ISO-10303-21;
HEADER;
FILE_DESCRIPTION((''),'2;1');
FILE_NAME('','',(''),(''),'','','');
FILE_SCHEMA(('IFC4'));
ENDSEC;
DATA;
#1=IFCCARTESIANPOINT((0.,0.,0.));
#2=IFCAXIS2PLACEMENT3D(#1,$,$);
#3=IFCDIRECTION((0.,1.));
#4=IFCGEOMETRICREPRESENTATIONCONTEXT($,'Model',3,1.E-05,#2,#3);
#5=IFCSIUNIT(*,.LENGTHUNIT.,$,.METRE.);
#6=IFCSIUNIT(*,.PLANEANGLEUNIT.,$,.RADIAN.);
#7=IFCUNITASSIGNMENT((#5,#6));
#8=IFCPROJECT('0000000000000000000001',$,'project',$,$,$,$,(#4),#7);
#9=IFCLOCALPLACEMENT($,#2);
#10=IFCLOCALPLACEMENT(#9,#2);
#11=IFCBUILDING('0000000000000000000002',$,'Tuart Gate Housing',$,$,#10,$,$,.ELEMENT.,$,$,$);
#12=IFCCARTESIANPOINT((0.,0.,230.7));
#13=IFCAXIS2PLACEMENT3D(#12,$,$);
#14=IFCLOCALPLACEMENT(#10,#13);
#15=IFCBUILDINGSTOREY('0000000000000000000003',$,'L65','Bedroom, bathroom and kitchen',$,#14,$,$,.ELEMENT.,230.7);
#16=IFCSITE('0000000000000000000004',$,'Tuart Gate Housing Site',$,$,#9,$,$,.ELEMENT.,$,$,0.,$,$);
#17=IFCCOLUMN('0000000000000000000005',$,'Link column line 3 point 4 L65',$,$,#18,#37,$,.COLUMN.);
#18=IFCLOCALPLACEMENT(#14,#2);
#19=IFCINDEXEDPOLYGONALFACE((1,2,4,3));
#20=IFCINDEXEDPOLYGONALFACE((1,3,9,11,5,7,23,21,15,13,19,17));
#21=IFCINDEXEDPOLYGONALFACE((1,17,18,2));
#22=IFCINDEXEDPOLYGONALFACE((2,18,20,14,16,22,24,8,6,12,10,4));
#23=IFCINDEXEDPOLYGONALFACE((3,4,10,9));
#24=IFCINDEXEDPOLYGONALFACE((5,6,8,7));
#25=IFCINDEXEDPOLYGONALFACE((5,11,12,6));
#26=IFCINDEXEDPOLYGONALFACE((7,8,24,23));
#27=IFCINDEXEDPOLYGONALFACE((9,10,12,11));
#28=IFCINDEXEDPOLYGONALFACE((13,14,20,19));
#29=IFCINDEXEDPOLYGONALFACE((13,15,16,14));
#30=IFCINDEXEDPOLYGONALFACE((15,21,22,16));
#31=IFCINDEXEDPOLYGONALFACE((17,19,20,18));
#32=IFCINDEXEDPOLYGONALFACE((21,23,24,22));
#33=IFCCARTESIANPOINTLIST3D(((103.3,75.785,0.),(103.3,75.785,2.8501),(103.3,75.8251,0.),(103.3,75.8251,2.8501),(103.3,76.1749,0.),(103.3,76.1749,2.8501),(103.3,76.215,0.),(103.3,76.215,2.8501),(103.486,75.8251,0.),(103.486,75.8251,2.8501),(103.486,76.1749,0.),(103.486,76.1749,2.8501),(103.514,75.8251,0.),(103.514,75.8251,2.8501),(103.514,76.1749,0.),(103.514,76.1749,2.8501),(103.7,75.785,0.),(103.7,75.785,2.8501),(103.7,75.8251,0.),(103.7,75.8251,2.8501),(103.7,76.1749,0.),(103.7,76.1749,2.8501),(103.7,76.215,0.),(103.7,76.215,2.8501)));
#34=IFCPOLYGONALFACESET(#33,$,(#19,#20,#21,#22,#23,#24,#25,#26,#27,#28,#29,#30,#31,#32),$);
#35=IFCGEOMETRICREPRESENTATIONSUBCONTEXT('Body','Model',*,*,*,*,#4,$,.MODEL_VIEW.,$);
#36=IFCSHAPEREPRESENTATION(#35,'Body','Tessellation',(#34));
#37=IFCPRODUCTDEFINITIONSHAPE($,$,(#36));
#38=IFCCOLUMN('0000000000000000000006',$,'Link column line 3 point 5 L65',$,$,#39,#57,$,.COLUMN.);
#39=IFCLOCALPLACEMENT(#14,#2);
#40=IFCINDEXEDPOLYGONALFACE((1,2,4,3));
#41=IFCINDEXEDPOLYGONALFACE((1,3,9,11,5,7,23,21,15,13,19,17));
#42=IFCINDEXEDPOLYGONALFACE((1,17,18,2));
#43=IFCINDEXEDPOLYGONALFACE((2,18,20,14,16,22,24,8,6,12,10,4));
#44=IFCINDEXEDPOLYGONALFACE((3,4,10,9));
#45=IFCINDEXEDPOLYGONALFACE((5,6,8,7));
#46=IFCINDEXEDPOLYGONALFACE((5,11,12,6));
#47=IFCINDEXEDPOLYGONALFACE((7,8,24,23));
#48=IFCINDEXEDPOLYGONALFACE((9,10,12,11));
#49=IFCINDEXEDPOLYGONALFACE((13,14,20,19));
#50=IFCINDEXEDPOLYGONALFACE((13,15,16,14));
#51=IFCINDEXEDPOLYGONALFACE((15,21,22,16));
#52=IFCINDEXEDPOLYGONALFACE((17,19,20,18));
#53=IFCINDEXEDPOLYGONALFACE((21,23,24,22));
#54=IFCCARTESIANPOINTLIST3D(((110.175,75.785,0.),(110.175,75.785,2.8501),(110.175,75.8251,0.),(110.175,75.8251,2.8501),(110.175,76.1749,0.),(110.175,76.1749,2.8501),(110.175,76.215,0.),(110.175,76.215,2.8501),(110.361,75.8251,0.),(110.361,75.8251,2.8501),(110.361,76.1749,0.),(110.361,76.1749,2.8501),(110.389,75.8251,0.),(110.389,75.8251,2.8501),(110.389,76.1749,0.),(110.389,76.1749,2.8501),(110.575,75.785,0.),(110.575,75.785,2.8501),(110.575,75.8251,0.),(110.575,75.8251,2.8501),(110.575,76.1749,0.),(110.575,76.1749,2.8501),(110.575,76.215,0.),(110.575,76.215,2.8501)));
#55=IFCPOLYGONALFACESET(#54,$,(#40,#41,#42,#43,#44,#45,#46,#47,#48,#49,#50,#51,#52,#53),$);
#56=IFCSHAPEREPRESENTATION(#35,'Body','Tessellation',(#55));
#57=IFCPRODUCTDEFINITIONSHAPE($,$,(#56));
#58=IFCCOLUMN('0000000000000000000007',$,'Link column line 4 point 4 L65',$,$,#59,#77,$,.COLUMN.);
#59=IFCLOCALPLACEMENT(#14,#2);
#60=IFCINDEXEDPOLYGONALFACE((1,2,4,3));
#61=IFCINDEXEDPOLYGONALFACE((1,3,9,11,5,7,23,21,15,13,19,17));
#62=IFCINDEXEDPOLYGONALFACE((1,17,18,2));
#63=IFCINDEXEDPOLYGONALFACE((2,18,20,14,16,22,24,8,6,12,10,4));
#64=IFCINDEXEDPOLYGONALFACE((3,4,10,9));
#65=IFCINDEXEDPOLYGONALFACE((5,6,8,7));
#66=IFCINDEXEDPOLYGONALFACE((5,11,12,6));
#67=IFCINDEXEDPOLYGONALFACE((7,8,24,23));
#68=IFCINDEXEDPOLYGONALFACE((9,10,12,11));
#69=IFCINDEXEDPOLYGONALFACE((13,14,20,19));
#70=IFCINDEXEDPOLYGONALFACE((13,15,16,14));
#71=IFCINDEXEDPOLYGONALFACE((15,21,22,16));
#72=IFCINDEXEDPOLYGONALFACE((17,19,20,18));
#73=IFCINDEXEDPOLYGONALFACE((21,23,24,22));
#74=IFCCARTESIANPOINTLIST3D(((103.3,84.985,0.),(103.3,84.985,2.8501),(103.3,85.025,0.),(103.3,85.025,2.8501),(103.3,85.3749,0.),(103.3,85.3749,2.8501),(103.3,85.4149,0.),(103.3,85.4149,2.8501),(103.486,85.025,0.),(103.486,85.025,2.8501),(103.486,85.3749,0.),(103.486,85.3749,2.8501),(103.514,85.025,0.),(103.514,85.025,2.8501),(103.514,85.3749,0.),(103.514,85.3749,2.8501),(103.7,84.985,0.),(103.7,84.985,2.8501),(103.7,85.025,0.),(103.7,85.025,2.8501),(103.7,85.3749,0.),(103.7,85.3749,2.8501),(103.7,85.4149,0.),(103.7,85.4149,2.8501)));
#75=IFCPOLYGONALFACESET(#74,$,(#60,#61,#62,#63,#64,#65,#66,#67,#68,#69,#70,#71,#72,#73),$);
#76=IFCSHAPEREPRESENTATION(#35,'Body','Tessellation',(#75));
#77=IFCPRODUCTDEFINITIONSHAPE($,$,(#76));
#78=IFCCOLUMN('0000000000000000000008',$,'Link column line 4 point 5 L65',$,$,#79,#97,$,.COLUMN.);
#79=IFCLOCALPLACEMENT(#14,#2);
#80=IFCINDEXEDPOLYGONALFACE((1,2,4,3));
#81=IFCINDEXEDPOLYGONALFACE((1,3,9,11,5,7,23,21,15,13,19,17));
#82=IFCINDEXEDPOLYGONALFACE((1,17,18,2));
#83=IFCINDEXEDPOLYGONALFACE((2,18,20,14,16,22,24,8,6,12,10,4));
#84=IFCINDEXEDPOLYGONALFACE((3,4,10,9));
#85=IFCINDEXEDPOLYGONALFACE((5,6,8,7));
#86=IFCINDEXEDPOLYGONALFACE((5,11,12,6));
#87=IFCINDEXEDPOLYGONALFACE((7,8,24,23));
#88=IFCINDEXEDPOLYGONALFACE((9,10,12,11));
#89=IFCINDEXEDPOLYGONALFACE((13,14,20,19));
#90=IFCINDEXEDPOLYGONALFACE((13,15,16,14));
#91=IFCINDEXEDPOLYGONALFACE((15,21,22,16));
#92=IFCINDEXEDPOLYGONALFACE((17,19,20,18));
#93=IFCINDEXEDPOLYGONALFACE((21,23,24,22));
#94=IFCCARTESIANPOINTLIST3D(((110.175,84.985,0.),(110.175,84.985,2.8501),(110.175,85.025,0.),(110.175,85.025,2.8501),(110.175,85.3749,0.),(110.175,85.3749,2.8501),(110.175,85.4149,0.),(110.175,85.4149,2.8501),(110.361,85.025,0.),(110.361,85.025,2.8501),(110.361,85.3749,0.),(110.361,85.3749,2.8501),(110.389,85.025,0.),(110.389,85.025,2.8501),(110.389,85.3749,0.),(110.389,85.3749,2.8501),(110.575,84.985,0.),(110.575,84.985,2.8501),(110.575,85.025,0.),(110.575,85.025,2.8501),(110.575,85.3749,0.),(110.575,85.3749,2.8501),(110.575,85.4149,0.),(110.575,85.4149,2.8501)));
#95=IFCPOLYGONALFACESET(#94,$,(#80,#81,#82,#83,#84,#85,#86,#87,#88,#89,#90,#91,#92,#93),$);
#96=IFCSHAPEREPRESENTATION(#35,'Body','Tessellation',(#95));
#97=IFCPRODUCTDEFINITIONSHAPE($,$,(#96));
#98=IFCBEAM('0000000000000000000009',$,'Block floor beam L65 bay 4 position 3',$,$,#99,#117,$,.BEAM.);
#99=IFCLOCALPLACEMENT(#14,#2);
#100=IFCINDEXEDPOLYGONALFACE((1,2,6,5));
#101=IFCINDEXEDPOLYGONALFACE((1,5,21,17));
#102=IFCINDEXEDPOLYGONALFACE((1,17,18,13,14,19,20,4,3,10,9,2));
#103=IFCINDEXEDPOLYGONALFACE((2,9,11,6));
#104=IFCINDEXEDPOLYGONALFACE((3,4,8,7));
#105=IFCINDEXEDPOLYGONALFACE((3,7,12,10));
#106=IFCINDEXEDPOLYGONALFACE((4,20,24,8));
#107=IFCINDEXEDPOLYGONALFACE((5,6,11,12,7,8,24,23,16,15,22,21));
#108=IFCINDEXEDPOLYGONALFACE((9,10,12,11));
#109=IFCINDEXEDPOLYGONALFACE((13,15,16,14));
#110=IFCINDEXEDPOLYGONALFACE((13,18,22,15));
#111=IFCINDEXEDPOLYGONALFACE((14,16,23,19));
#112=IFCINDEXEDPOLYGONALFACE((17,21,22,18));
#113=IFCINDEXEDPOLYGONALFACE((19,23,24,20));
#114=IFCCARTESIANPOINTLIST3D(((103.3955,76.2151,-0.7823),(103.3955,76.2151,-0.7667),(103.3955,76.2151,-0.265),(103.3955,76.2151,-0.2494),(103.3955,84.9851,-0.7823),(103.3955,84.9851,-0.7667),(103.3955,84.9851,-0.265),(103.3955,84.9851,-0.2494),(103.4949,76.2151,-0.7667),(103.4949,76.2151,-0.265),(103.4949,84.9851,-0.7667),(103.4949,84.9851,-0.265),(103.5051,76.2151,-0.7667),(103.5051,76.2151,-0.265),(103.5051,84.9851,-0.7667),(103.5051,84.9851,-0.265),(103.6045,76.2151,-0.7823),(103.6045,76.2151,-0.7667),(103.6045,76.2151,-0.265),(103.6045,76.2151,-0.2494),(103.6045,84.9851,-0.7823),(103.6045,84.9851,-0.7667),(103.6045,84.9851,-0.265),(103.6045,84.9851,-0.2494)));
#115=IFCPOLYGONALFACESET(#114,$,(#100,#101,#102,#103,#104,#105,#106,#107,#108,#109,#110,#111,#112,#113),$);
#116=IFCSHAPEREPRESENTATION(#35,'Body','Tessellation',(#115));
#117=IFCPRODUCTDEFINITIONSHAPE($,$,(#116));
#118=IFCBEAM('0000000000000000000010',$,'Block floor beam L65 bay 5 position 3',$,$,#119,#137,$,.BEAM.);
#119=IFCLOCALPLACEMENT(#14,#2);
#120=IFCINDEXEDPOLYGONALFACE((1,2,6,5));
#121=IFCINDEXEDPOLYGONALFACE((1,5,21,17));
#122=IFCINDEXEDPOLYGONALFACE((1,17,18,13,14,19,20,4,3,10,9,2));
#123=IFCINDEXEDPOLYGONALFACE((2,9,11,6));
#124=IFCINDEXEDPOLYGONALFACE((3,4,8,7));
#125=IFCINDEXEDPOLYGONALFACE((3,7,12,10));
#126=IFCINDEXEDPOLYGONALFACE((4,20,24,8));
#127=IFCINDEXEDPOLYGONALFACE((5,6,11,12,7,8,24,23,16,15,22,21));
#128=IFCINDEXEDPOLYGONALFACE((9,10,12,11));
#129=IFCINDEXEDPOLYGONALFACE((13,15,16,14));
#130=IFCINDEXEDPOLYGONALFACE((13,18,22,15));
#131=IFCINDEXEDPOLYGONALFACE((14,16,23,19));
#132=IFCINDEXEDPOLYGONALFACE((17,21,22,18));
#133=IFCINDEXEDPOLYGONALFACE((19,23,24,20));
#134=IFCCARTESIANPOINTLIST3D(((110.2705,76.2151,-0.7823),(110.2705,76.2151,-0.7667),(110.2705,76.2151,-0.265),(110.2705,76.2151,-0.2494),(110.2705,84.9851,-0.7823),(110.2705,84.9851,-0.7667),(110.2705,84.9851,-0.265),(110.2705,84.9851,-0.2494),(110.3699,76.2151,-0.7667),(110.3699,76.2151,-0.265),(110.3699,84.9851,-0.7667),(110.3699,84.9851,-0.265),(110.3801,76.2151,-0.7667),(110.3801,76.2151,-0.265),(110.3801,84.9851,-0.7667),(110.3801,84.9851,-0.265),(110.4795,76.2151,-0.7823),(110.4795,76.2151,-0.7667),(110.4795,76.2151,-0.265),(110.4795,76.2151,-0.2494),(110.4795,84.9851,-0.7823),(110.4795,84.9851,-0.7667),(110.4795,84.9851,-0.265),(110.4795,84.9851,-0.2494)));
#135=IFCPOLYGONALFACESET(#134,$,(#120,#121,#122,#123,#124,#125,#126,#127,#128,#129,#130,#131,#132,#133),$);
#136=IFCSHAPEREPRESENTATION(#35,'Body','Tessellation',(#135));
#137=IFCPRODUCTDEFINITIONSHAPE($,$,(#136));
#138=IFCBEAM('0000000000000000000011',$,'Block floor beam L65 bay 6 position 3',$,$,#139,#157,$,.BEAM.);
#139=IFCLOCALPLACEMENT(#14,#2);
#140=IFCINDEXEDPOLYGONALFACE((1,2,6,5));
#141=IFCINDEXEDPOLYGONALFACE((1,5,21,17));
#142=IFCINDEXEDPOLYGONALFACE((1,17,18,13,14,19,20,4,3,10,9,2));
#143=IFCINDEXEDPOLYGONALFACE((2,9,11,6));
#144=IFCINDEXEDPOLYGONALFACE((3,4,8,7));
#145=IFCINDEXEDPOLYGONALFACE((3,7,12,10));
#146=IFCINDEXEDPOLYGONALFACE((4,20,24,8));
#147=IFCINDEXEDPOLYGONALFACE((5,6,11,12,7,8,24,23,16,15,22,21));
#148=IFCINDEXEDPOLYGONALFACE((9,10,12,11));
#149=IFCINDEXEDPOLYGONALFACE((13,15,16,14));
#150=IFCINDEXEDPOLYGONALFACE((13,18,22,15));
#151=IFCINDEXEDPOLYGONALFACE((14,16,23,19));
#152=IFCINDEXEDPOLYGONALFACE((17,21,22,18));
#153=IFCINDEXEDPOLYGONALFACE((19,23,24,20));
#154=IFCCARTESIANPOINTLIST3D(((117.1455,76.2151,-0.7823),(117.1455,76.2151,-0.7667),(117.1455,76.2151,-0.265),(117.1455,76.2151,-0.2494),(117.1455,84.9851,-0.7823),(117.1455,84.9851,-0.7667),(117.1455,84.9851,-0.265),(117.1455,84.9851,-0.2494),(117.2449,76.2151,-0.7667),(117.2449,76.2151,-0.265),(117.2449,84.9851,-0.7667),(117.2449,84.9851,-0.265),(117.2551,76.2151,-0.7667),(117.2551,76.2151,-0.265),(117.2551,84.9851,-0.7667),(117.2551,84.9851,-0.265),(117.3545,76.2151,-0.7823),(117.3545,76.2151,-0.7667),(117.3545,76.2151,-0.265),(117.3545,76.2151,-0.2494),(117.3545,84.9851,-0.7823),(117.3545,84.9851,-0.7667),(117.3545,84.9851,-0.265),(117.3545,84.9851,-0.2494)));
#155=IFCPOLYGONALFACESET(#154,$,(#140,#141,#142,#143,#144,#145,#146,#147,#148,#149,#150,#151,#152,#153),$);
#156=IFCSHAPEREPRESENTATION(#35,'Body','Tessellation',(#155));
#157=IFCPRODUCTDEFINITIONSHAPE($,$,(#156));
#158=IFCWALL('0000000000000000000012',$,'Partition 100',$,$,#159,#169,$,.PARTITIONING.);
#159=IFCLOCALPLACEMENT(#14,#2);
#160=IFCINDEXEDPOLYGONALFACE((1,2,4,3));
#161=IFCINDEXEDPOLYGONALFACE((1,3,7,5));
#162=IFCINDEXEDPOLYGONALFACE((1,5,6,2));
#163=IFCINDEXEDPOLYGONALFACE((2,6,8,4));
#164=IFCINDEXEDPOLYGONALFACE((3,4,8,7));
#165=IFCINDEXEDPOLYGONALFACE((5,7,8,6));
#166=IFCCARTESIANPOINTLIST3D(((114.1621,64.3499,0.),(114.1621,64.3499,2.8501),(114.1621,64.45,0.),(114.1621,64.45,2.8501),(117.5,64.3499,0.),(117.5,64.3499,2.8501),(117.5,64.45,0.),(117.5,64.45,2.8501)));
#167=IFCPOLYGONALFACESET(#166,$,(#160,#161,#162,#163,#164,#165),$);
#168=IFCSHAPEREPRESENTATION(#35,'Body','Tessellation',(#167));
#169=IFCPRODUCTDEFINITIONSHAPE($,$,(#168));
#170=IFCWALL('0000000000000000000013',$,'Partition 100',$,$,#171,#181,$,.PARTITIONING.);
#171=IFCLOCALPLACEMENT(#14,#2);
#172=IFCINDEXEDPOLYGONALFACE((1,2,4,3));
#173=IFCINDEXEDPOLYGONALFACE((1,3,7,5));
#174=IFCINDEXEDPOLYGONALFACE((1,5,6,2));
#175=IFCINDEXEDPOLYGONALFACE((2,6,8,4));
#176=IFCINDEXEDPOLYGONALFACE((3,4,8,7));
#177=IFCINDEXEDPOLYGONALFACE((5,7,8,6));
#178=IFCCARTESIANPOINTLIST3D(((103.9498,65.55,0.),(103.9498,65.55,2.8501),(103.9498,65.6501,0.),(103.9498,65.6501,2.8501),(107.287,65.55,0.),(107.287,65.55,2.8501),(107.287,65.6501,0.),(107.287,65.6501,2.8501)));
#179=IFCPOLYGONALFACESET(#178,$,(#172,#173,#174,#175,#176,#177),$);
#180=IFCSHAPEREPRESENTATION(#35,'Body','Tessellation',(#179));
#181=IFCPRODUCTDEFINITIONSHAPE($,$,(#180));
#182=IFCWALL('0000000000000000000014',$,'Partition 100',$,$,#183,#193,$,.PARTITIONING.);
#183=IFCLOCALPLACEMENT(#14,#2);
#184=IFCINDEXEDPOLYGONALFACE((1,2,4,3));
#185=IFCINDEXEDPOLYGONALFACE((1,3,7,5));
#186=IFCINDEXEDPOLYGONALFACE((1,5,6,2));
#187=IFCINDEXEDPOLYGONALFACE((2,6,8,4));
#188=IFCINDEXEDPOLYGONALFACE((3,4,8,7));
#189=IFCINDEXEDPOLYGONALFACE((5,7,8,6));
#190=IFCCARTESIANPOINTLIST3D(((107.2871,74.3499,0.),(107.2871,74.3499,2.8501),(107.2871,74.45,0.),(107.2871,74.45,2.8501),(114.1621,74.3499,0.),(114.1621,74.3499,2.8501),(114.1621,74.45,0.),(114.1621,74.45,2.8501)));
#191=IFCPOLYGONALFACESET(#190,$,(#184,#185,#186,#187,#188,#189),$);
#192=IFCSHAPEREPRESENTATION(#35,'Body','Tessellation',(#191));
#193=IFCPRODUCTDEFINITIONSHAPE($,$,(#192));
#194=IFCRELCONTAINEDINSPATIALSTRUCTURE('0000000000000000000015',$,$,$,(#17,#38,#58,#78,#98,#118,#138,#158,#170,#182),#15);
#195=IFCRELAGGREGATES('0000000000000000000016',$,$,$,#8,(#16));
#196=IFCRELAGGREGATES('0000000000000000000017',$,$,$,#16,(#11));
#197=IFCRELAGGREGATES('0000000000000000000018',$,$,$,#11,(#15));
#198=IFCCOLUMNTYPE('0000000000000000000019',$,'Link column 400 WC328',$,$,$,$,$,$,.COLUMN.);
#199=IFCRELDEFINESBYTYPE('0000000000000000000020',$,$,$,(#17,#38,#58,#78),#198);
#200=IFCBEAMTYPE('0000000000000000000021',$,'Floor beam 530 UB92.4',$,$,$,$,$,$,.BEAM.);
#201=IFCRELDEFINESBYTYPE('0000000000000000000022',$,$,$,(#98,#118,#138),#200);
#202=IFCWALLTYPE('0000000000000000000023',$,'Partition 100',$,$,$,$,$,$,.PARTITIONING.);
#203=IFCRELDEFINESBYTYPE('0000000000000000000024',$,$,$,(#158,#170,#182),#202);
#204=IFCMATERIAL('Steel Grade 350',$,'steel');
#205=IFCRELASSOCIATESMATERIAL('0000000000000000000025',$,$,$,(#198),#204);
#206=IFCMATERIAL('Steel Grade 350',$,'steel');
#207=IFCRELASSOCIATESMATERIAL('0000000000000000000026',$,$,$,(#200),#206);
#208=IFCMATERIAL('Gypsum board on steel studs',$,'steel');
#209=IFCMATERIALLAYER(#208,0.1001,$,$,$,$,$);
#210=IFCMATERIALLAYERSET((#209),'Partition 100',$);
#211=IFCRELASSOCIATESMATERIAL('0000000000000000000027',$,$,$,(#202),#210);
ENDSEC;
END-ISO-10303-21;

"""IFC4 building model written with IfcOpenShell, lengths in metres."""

from ifc_helpers import new_model, si_unit, direction, frame, frame_2d, origin, origin_2d, place, context, subcontext, project, spatial, rectangle, i_section, extrude, material, layer, layer_set, material_profile, profile_set, type_object, element, save


model = new_model("IFC4")

# Units and contexts
model_context = context("Model", 3, precision=1e-05, world=origin(), true_north=direction((0.0, 1.0)))
body_context = subcontext(model_context, "Body", "Model", "MODEL_VIEW")
ifc_project = project(units=[si_unit("LENGTHUNIT", "METRE"), si_unit("PLANEANGLEUNIT", "RADIAN")], contexts=[model_context])

# Site, building, storey
site_placement = place(None, origin())
site = spatial("IfcSite", under=ifc_project, at=site_placement, Name="Tuart Gate Housing Site", CompositionType="ELEMENT", RefElevation=0.0)
building_placement = place(site_placement, origin())
building = spatial("IfcBuilding", under=site, at=building_placement, Name="Tuart Gate Housing", CompositionType="ELEMENT")
storey_placement = place(building_placement, frame((0.0, 0.0, 230.7)))
storey = spatial("IfcBuildingStorey", under=building, at=storey_placement, Name="L65", Description="Bedroom, bathroom and kitchen", CompositionType="ELEMENT", Elevation=230.7)

# Columns
ifc_material_1 = material(Name="Steel Grade 350", Category="steel")
ifc_material_profile_1 = material_profile(ifc_material_1, i_section(OverallWidth=0.3999, OverallDepth=0.4299, WebThickness=0.0281, FlangeThickness=0.04, at=origin_2d()), Name="400WC328")
ifc_profile_set_1 = profile_set([ifc_material_profile_1], Name="Steel Grade 350")
column_type = type_object("IfcColumnType", Name="Link column 400 WC328", PredefinedType="COLUMN", material=ifc_profile_set_1)
for number, where, z_axis, x_axis, name in (
    (1, (103.5, 76.0, 0.0), (0.0, 0.0, 1.0), (1.0, 0.0, 0.0), "Link column line 3 point 4 L65"),
    (2, (110.375, 76.0, 0.0), (0.0, 0.0, 1.0), (1.0, 0.0, 0.0), "Link column line 3 point 5 L65"),
    (3, (103.5, 85.2, 0.0), (0.0, 0.0, 1.0), (1.0, 0.0, 0.0), "Link column line 4 point 4 L65"),
    (4, (110.375, 85.2, 0.0), (0.0, 0.0, 1.0), (1.0, 0.0, 0.0), "Link column line 4 point 5 L65"),
):
    element("IfcColumn", number, at=place(storey_placement, frame(where, z_axis=z_axis, x_axis=x_axis)), inside=storey, type_object=column_type, Name=name, PredefinedType="COLUMN", context=body_context, shape_type="SweptSolid", body=[
        extrude(i_section(OverallWidth=0.3999, OverallDepth=0.4299, WebThickness=0.0281, FlangeThickness=0.04, at=origin_2d()), origin(), (0.0, 0.0, 1.0), 2.8501),
    ])

# Beams
ifc_material_2 = material(Name="Steel Grade 350", Category="steel")
ifc_material_profile_2 = material_profile(ifc_material_2, i_section(OverallWidth=0.209, OverallDepth=0.533, WebThickness=0.0103, FlangeThickness=0.0156, at=origin_2d()), Name="530UB92.4")
ifc_profile_set_2 = profile_set([ifc_material_profile_2], Name="Steel Grade 350")
beam_type = type_object("IfcBeamType", Name="Floor beam 530 UB92.4", PredefinedType="BEAM", material=ifc_profile_set_2)
for number, where, z_axis, x_axis, name in (
    (5, (103.5, 76.2151, -0.5159), (0.0, 1.0, 0.0), (-1.0, 0.0, 0.0), "Block floor beam L65 bay 4 position 3"),
    (6, (110.375, 76.2151, -0.5159), (0.0, 1.0, 0.0), (-1.0, 0.0, 0.0), "Block floor beam L65 bay 5 position 3"),
    (7, (117.25, 76.2151, -0.5159), (0.0, 1.0, 0.0), (-1.0, 0.0, 0.0), "Block floor beam L65 bay 6 position 3"),
):
    element("IfcBeam", number, at=place(storey_placement, frame(where, z_axis=z_axis, x_axis=x_axis)), inside=storey, type_object=beam_type, Name=name, PredefinedType="BEAM", context=body_context, shape_type="SweptSolid", body=[
        extrude(i_section(OverallWidth=0.209, OverallDepth=0.533, WebThickness=0.0103, FlangeThickness=0.0156, at=origin_2d()), origin(), (0.0, 0.0, 1.0), 8.77),
    ])

# Walls
ifc_material_3 = material(Name="Gypsum board on steel studs", Category="steel")
ifc_layer_1 = layer(ifc_material_3, 0.1001)
ifc_layer_set_1 = layer_set([ifc_layer_1], Name="Partition 100")
wall_type_1 = type_object("IfcWallType", Name="Partition 100", PredefinedType="PARTITIONING", material=ifc_layer_set_1)
wall_1_placement = place(storey_placement, frame((114.1621, 64.3999, 0.0), z_axis=(0.0, 0.0, 1.0), x_axis=(1.0, 0.0, 0.0)))
element("IfcWall", 8, at=wall_1_placement, inside=storey, type_object=wall_type_1, Name="Partition 100", PredefinedType="PARTITIONING", context=body_context, shape_type="SweptSolid", body=[
    extrude(rectangle(XDim=3.3379, YDim=0.1001, at=frame_2d((1.6689, 0.0))), origin(), (0.0, 0.0, 1.0), 2.8501),
])
wall_2_placement = place(storey_placement, frame((103.95, 65.6001, 0.0), z_axis=(0.0, 0.0, 1.0), x_axis=(1.0, 0.0, 0.0)))
element("IfcWall", 9, at=wall_2_placement, inside=storey, type_object=wall_type_1, Name="Partition 100", PredefinedType="PARTITIONING", context=body_context, shape_type="SweptSolid", body=[
    extrude(rectangle(XDim=3.3372, YDim=0.1001, at=frame_2d((1.6685, 0.0))), origin(), (0.0, 0.0, 1.0), 2.8501),
])
wall_3_placement = place(storey_placement, frame((107.2871, 74.3999, 0.0), z_axis=(0.0, 0.0, 1.0), x_axis=(1.0, 0.0, 0.0)))
element("IfcWall", 10, at=wall_3_placement, inside=storey, type_object=wall_type_1, Name="Partition 100", PredefinedType="PARTITIONING", context=body_context, shape_type="SweptSolid", body=[
    extrude(rectangle(XDim=6.875, YDim=0.1001, at=frame_2d((3.4375, 0.0))), origin(), (0.0, 0.0, 1.0), 2.8501),
])

save(model, "model.ifc")
